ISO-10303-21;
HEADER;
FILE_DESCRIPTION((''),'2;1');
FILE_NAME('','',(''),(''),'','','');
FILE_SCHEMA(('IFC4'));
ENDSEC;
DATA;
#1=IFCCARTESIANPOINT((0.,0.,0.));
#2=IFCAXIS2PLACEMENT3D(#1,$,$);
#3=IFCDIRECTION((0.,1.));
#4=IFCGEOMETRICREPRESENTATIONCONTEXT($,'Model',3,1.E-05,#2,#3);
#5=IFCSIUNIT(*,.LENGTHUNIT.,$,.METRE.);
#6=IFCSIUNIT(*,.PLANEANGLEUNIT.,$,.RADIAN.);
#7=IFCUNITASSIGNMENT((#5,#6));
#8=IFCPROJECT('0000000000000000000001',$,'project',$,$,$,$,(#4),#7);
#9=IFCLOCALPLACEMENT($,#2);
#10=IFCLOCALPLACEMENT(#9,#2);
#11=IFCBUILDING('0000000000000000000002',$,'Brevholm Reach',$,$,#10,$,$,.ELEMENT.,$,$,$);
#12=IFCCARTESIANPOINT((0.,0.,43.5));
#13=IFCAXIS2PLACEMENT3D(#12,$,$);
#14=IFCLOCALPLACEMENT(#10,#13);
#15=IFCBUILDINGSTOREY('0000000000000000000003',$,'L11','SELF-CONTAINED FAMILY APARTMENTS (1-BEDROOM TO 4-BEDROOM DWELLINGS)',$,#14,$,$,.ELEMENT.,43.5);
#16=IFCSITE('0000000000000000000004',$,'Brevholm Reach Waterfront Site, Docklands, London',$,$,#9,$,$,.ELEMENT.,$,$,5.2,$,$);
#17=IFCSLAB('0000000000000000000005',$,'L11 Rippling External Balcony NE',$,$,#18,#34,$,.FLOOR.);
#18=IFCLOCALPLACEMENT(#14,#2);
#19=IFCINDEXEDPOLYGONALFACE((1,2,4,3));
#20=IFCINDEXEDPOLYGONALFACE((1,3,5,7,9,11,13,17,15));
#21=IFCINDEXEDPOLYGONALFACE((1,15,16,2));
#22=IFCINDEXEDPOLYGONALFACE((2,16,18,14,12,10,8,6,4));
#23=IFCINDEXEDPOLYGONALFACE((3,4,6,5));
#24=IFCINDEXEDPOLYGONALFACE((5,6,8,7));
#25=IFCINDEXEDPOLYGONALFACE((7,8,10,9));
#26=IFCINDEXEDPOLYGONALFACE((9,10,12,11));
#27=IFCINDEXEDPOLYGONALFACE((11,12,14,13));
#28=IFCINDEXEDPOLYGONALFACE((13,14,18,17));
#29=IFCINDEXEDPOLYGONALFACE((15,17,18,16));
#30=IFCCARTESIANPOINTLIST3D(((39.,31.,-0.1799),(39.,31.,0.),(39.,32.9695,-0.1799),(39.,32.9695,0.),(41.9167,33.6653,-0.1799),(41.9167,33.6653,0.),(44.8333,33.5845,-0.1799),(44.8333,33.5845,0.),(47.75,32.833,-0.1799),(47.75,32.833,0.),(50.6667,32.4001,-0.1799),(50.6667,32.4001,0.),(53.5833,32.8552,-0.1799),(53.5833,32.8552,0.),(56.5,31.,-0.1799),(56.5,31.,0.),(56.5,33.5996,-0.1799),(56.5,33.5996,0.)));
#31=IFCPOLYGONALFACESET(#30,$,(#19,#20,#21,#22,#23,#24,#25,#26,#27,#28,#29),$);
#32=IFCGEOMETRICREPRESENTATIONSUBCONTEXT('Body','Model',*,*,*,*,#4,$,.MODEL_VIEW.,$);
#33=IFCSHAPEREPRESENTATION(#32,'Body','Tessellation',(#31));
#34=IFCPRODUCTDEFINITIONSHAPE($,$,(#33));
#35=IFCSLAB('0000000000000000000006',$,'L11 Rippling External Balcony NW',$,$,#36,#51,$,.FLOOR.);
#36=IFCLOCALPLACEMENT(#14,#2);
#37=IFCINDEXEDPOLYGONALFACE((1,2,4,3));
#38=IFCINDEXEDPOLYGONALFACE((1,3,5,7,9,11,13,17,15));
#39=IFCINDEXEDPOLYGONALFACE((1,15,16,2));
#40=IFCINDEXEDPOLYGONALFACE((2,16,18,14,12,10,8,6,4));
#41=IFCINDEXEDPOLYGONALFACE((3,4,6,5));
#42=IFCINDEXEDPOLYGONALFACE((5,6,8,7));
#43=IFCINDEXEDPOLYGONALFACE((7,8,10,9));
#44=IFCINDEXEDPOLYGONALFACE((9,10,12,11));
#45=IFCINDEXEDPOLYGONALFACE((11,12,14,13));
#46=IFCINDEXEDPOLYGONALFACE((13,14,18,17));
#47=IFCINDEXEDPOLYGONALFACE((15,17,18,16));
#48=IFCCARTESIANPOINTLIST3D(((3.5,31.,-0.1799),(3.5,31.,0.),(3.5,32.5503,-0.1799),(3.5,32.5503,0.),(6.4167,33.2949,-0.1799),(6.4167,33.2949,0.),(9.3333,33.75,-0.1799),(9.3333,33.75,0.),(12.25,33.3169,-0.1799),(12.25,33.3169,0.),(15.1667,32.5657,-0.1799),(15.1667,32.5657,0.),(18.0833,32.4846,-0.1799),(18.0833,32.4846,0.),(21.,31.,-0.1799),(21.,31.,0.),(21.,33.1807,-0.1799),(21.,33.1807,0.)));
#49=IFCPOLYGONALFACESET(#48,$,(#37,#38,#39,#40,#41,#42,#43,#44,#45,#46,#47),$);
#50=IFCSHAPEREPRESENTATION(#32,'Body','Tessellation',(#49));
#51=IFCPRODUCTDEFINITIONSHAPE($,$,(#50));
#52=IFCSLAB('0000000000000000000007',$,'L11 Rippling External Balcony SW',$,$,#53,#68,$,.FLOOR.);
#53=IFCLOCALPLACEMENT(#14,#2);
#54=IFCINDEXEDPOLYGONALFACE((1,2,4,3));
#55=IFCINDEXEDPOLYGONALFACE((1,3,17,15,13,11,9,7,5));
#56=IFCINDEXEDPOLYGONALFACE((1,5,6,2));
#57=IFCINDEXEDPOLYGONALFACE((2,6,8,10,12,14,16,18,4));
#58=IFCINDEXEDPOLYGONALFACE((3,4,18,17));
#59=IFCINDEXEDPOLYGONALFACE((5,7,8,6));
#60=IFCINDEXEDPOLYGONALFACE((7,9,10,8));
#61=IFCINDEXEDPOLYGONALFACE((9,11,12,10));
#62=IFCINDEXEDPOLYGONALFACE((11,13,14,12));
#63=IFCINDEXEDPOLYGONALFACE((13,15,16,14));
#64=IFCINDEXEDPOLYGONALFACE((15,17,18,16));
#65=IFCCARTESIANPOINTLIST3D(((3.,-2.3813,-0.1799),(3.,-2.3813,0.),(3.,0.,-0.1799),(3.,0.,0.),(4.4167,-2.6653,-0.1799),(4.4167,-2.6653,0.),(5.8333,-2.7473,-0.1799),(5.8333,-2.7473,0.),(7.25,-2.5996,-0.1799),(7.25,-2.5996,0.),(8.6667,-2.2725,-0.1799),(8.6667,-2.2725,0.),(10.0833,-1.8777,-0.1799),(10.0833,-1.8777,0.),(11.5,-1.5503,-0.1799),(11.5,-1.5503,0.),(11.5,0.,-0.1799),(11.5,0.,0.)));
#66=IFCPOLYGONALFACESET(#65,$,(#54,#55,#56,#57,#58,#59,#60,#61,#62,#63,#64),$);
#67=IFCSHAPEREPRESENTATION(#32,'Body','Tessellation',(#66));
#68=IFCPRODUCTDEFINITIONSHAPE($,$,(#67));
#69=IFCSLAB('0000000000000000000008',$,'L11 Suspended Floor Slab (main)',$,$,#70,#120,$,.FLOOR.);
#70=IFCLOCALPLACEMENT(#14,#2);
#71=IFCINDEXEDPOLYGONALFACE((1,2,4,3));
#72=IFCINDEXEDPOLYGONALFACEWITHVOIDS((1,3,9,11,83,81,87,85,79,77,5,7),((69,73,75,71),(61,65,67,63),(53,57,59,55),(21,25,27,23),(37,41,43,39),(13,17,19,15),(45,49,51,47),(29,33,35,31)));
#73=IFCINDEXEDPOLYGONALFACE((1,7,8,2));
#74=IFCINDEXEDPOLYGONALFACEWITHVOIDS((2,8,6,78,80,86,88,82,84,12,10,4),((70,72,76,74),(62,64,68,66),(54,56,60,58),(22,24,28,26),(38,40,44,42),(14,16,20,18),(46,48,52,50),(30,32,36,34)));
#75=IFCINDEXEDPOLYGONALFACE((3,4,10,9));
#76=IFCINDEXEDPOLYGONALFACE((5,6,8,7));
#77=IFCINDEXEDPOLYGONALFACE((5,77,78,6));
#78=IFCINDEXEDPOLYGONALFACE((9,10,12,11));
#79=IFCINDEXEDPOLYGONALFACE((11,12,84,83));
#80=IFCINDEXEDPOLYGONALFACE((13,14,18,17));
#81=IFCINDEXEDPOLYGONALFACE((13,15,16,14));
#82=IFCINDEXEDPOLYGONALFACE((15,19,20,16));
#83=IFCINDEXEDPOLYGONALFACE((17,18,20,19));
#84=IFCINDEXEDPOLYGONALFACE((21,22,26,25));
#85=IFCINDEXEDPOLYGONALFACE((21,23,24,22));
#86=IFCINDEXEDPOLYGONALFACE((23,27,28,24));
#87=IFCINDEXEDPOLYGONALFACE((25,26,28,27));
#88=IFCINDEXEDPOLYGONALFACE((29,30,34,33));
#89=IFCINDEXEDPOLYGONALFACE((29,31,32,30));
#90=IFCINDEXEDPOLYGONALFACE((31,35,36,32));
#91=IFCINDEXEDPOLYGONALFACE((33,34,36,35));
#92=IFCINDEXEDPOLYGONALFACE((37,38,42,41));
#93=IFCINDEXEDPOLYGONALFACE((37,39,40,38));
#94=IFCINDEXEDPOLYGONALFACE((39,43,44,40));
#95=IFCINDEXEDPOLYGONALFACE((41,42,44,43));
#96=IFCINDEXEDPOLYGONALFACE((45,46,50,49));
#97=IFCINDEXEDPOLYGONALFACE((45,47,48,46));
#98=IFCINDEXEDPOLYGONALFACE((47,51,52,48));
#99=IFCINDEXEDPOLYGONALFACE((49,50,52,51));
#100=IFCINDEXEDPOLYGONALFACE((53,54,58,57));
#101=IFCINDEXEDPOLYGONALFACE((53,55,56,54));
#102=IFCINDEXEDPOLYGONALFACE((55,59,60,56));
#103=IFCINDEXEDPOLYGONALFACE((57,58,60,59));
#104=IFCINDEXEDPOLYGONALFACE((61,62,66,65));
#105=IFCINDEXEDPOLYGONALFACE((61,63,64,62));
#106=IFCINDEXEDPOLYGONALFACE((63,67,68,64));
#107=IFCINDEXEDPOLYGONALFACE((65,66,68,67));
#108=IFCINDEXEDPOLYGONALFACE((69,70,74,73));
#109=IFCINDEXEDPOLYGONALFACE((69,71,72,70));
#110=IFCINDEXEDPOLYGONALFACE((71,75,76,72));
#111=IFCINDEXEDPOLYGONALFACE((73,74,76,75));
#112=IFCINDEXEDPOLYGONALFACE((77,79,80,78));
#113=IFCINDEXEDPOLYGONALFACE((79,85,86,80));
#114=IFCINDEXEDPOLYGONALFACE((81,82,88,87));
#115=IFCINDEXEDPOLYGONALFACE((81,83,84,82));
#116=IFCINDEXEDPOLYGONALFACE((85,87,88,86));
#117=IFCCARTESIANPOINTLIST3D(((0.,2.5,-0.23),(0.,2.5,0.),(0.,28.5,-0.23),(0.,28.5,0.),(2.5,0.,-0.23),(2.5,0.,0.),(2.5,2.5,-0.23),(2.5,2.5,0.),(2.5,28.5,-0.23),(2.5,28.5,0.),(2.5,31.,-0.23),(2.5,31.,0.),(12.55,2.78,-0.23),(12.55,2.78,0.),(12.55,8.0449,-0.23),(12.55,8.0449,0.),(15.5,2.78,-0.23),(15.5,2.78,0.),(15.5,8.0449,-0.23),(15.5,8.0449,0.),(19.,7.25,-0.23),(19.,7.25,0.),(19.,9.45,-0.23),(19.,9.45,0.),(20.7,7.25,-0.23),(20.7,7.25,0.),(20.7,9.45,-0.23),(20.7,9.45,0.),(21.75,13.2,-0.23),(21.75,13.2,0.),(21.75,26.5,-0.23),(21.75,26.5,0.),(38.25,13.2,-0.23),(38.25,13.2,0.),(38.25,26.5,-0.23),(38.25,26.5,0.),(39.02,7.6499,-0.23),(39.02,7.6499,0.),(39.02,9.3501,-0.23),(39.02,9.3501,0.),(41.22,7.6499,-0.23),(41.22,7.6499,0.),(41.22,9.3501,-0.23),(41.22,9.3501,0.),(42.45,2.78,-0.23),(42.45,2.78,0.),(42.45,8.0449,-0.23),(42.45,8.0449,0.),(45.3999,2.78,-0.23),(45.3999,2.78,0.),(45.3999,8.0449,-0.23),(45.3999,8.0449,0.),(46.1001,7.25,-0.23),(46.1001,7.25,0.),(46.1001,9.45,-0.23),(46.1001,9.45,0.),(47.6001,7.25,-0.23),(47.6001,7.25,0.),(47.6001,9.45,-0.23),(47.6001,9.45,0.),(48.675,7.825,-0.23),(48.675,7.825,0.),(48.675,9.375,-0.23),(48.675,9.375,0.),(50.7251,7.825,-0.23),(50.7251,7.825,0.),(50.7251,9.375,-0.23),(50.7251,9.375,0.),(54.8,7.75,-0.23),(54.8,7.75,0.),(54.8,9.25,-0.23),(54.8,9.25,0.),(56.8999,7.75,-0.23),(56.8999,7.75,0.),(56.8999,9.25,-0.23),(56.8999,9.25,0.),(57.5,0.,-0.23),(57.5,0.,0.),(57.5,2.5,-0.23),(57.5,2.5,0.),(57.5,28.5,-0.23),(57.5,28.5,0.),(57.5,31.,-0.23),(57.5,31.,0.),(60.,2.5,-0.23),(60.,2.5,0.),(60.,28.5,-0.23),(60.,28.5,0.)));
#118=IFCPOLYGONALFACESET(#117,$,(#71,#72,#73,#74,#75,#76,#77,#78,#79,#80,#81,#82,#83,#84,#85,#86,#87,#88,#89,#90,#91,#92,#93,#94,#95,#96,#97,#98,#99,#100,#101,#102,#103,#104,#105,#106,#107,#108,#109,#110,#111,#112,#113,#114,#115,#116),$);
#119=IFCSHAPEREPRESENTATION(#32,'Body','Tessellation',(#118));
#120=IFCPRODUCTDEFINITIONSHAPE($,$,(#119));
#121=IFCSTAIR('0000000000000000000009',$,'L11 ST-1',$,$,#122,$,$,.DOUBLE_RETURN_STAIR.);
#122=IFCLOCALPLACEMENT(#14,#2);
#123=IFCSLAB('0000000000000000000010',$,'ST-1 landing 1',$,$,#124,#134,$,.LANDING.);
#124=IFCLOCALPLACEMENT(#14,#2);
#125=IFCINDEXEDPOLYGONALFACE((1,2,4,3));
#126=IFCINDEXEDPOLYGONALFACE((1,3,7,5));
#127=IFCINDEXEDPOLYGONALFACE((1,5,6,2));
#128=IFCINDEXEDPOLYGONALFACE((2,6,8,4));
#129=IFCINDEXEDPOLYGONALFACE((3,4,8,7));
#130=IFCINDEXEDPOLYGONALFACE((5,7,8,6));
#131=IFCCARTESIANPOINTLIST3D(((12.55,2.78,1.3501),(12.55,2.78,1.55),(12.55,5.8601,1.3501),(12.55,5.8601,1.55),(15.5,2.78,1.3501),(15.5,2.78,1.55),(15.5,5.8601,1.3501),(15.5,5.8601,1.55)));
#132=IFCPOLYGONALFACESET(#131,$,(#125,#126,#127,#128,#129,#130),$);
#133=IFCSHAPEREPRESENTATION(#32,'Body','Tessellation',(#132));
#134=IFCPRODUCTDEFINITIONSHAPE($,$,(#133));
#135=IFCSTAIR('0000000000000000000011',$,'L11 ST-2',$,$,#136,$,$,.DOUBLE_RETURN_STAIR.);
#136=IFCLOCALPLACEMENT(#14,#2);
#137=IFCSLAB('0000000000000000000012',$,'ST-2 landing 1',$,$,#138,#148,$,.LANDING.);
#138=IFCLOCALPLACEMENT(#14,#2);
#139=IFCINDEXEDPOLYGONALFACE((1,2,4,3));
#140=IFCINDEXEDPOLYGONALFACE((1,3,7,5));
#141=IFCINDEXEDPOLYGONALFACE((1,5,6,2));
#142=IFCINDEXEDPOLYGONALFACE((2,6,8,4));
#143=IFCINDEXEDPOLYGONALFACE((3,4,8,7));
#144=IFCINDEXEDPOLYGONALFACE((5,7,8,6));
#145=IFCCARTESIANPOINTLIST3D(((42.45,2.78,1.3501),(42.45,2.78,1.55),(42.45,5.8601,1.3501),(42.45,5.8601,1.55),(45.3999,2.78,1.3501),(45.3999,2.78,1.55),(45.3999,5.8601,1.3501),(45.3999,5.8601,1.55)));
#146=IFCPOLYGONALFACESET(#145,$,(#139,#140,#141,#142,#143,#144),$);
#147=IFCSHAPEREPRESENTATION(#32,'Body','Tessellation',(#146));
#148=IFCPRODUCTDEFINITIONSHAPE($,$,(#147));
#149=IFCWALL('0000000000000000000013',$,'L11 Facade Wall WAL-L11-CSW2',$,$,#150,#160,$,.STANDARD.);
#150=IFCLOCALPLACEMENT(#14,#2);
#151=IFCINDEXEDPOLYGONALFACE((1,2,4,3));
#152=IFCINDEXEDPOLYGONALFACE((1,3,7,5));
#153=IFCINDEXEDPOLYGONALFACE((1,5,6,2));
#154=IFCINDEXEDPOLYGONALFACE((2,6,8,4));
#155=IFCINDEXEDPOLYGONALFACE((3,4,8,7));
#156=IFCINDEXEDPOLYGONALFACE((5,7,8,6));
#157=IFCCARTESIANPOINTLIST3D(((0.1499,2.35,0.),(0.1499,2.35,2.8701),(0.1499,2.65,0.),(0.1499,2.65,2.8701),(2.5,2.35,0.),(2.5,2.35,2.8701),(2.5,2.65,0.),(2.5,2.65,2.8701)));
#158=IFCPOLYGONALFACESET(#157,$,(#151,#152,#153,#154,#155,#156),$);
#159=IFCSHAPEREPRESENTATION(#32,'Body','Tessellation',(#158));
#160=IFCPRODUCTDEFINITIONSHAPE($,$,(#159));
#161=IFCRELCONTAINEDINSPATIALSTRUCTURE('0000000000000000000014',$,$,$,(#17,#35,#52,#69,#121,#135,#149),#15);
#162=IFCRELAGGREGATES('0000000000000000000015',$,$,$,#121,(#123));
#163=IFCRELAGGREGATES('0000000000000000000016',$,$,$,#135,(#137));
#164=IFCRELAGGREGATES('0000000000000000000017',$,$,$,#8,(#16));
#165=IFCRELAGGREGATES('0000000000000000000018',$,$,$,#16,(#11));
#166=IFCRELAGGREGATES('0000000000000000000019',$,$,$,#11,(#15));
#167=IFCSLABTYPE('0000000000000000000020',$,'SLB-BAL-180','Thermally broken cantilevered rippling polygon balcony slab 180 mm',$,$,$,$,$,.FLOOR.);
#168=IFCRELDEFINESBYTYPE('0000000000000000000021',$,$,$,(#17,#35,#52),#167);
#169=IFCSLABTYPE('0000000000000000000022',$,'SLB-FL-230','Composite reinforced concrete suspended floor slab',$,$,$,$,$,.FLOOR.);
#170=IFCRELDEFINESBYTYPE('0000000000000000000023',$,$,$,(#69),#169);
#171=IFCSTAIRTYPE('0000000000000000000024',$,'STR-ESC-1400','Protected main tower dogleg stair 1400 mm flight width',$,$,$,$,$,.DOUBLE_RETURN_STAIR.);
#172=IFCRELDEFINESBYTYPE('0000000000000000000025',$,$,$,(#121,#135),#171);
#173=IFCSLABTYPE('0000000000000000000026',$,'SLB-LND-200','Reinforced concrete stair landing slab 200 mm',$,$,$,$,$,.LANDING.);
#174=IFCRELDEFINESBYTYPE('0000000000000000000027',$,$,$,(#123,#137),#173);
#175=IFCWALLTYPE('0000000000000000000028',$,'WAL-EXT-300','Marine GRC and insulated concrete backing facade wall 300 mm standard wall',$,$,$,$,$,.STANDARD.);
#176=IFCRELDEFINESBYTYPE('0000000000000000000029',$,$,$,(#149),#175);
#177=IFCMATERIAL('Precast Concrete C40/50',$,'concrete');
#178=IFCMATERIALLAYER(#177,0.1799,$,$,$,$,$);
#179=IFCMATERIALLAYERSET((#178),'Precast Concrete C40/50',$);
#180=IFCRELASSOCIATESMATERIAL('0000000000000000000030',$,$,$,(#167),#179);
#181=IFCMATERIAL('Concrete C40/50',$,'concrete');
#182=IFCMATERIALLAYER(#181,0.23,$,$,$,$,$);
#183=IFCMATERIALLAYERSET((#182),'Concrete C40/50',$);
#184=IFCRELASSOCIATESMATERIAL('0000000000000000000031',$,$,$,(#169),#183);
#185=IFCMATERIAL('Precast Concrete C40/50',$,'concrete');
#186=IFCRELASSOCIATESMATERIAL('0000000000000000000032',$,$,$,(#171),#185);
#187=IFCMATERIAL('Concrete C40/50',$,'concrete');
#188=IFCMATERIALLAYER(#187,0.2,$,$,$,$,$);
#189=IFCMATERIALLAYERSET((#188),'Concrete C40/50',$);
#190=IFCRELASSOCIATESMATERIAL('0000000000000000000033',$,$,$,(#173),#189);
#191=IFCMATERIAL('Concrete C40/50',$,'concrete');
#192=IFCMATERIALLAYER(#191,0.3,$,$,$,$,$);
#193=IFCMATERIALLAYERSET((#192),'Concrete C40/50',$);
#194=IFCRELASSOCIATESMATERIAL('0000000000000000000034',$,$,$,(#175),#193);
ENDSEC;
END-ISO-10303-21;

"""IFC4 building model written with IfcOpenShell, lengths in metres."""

from ifc_helpers import new_model, si_unit, direction, frame, frame_2d, origin, place, context, subcontext, project, spatial, polyline, rectangle, outline, extrude, material, layer, layer_set, type_object, element, aggregate, save


model = new_model("IFC4")

# Units and contexts
model_context = context("Model", 3, precision=1e-05, world=origin(), true_north=direction((0.0, 1.0)))
body_context = subcontext(model_context, "Body", "Model", "MODEL_VIEW")
ifc_project = project(units=[si_unit("LENGTHUNIT", "METRE"), si_unit("PLANEANGLEUNIT", "RADIAN")], contexts=[model_context])

# Site, building, storey
site_placement = place(None, origin())
site = spatial("IfcSite", under=ifc_project, at=site_placement, Name="Brevholm Reach Waterfront Site, Docklands, London", CompositionType="ELEMENT", RefElevation=5.2)
building_placement = place(site_placement, origin())
building = spatial("IfcBuilding", under=site, at=building_placement, Name="Brevholm Reach", CompositionType="ELEMENT")
storey_placement = place(building_placement, frame((0.0, 0.0, 43.5)))
storey = spatial("IfcBuildingStorey", under=building, at=storey_placement, Name="L11", Description="SELF-CONTAINED FAMILY APARTMENTS (1-BEDROOM TO 4-BEDROOM DWELLINGS)", CompositionType="ELEMENT", Elevation=43.5)

# Slabs
ifc_material_1 = material(Name="Precast Concrete C40/50", Category="concrete")
ifc_layer_1 = layer(ifc_material_1, 0.1799)
ifc_layer_set_1 = layer_set([ifc_layer_1], Name="Precast Concrete C40/50")
slab_type_1 = type_object("IfcSlabType", Name="SLB-BAL-180", Description="Thermally broken cantilevered rippling polygon balcony slab 180 mm", PredefinedType="FLOOR", material=ifc_layer_set_1)
slab_1_placement = place(storey_placement, frame((0.0, 0.0, -0.1799)))
element("IfcSlab", 1, at=slab_1_placement, inside=storey, type_object=slab_type_1, Name="L11 Rippling External Balcony NE", PredefinedType="FLOOR", context=body_context, shape_type="SweptSolid", body=[
    extrude(outline(polyline([(39.0, 31.0), (56.5, 31.0), (56.5, 33.5996), (53.5833, 32.8552), (50.6667, 32.4001), (47.75, 32.833), (44.8333, 33.5845), (41.9167, 33.6653), (39.0, 32.9695), (39.0, 31.0)])), origin(), (0.0, 0.0, 1.0), 0.1799),
])
slab_2_placement = place(storey_placement, frame((0.0, 0.0, -0.1799)))
element("IfcSlab", 2, at=slab_2_placement, inside=storey, type_object=slab_type_1, Name="L11 Rippling External Balcony NW", PredefinedType="FLOOR", context=body_context, shape_type="SweptSolid", body=[
    extrude(outline(polyline([(3.5, 31.0), (21.0, 31.0), (21.0, 33.1807), (18.0833, 32.4846), (15.1667, 32.5657), (12.25, 33.3169), (9.3333, 33.75), (6.4167, 33.2949), (3.5, 32.5503), (3.5, 31.0)])), origin(), (0.0, 0.0, 1.0), 0.1799),
])
slab_3_placement = place(storey_placement, frame((0.0, 0.0, -0.1799)))
element("IfcSlab", 3, at=slab_3_placement, inside=storey, type_object=slab_type_1, Name="L11 Rippling External Balcony SW", PredefinedType="FLOOR", context=body_context, shape_type="SweptSolid", body=[
    extrude(outline(polyline([(3.0, -2.3813), (4.4167, -2.6653), (5.8333, -2.7473), (7.25, -2.5996), (8.6667, -2.2725), (10.0833, -1.8777), (11.5, -1.5503), (11.5, 0.0), (3.0, 0.0), (3.0, -2.3813)])), origin(), (0.0, 0.0, 1.0), 0.1799),
])
ifc_material_2 = material(Name="Concrete C40/50", Category="concrete")
ifc_layer_2 = layer(ifc_material_2, 0.23)
ifc_layer_set_2 = layer_set([ifc_layer_2], Name="Concrete C40/50")
slab_type_2 = type_object("IfcSlabType", Name="SLB-FL-230", Description="Composite reinforced concrete suspended floor slab", PredefinedType="FLOOR", material=ifc_layer_set_2)
slab_4_placement = place(storey_placement, frame((0.0, 0.0, -0.23)))
element("IfcSlab", 4, at=slab_4_placement, inside=storey, type_object=slab_type_2, Name="L11 Suspended Floor Slab (main)", PredefinedType="FLOOR", context=body_context, shape_type="SweptSolid", body=[
    extrude(outline(polyline([(2.5, 0.0), (57.5, 0.0), (57.5, 2.5), (60.0, 2.5), (60.0, 28.5), (57.5, 28.5), (57.5, 31.0), (2.5, 31.0), (2.5, 28.5), (0.0, 28.5), (0.0, 2.5), (2.5, 2.5), (2.5, 0.0)]), holes=[polyline([(21.75, 13.2), (38.25, 13.2), (38.25, 26.5), (21.75, 26.5), (21.75, 13.2)]), polyline([(12.55, 2.78), (15.5, 2.78), (15.5, 8.0449), (12.55, 8.0449), (12.55, 2.78)]), polyline([(42.45, 2.78), (45.3999, 2.78), (45.3999, 8.0449), (42.45, 8.0449), (42.45, 2.78)]), polyline([(19.0, 7.25), (20.7, 7.25), (20.7, 9.45), (19.0, 9.45), (19.0, 7.25)]), polyline([(46.1001, 7.25), (47.6001, 7.25), (47.6001, 9.45), (46.1001, 9.45), (46.1001, 7.25)]), polyline([(48.675, 7.825), (50.7251, 7.825), (50.7251, 9.375), (48.675, 9.375), (48.675, 7.825)]), polyline([(54.8, 7.75), (56.8999, 7.75), (56.8999, 9.25), (54.8, 9.25), (54.8, 7.75)]), polyline([(39.02, 7.6499), (41.22, 7.6499), (41.22, 9.3501), (39.02, 9.3501), (39.02, 7.6499)])]), origin(), (0.0, 0.0, 1.0), 0.23),
])

# Stairs, slabs
ifc_material_3 = material(Name="Precast Concrete C40/50", Category="concrete")
stair_type = type_object("IfcStairType", Name="STR-ESC-1400", Description="Protected main tower dogleg stair 1400 mm flight width", PredefinedType="DOUBLE_RETURN_STAIR", material=ifc_material_3)
stair_1_placement = place(storey_placement, origin())
stair_1 = element("IfcStair", 5, at=stair_1_placement, inside=storey, type_object=stair_type, Name="L11 ST-1", PredefinedType="DOUBLE_RETURN_STAIR")
ifc_material_4 = material(Name="Concrete C40/50", Category="concrete")
ifc_layer_3 = layer(ifc_material_4, 0.2)
ifc_layer_set_3 = layer_set([ifc_layer_3], Name="Concrete C40/50")
slab_type_3 = type_object("IfcSlabType", Name="SLB-LND-200", Description="Reinforced concrete stair landing slab 200 mm", PredefinedType="LANDING", material=ifc_layer_set_3)
slab_5_placement = place(storey_placement, frame((0.0, 0.0, 1.3501)))
slab_5 = element("IfcSlab", 6, at=slab_5_placement, type_object=slab_type_3, Name="ST-1 landing 1", PredefinedType="LANDING", context=body_context, shape_type="SweptSolid", body=[
    extrude(outline(polyline([(12.55, 5.8601), (12.55, 2.78), (15.5, 2.78), (15.5, 5.8601), (12.55, 5.8601)])), origin(), (0.0, 0.0, 1.0), 0.2),
])
aggregate(stair_1, [slab_5])
stair_2_placement = place(storey_placement, origin())
stair_2 = element("IfcStair", 7, at=stair_2_placement, inside=storey, type_object=stair_type, Name="L11 ST-2", PredefinedType="DOUBLE_RETURN_STAIR")
slab_6_placement = place(storey_placement, frame((0.0, 0.0, 1.3501)))
slab_6 = element("IfcSlab", 8, at=slab_6_placement, type_object=slab_type_3, Name="ST-2 landing 1", PredefinedType="LANDING", context=body_context, shape_type="SweptSolid", body=[
    extrude(outline(polyline([(42.45, 5.8601), (42.45, 2.78), (45.3999, 2.78), (45.3999, 5.8601), (42.45, 5.8601)])), origin(), (0.0, 0.0, 1.0), 0.2),
])
aggregate(stair_2, [slab_6])

# Wall
ifc_material_5 = material(Name="Concrete C40/50", Category="concrete")
ifc_layer_4 = layer(ifc_material_5, 0.3)
ifc_layer_set_4 = layer_set([ifc_layer_4], Name="Concrete C40/50")
wall_type = type_object("IfcWallType", Name="WAL-EXT-300", Description="Marine GRC and insulated concrete backing facade wall 300 mm standard wall", PredefinedType="STANDARD", material=ifc_layer_set_4)
wall_placement = place(storey_placement, frame((0.1499, 2.5, 0.0), z_axis=(0.0, 0.0, 1.0), x_axis=(1.0, 0.0, 0.0)))
element("IfcWall", 9, at=wall_placement, inside=storey, type_object=wall_type, Name="L11 Facade Wall WAL-L11-CSW2", PredefinedType="STANDARD", context=body_context, shape_type="SweptSolid", body=[
    extrude(rectangle(XDim=2.3501, YDim=0.3, at=frame_2d((1.175, 0.0))), origin(), (0.0, 0.0, 1.0), 2.8701),
])

save(model, "model.ifc")
